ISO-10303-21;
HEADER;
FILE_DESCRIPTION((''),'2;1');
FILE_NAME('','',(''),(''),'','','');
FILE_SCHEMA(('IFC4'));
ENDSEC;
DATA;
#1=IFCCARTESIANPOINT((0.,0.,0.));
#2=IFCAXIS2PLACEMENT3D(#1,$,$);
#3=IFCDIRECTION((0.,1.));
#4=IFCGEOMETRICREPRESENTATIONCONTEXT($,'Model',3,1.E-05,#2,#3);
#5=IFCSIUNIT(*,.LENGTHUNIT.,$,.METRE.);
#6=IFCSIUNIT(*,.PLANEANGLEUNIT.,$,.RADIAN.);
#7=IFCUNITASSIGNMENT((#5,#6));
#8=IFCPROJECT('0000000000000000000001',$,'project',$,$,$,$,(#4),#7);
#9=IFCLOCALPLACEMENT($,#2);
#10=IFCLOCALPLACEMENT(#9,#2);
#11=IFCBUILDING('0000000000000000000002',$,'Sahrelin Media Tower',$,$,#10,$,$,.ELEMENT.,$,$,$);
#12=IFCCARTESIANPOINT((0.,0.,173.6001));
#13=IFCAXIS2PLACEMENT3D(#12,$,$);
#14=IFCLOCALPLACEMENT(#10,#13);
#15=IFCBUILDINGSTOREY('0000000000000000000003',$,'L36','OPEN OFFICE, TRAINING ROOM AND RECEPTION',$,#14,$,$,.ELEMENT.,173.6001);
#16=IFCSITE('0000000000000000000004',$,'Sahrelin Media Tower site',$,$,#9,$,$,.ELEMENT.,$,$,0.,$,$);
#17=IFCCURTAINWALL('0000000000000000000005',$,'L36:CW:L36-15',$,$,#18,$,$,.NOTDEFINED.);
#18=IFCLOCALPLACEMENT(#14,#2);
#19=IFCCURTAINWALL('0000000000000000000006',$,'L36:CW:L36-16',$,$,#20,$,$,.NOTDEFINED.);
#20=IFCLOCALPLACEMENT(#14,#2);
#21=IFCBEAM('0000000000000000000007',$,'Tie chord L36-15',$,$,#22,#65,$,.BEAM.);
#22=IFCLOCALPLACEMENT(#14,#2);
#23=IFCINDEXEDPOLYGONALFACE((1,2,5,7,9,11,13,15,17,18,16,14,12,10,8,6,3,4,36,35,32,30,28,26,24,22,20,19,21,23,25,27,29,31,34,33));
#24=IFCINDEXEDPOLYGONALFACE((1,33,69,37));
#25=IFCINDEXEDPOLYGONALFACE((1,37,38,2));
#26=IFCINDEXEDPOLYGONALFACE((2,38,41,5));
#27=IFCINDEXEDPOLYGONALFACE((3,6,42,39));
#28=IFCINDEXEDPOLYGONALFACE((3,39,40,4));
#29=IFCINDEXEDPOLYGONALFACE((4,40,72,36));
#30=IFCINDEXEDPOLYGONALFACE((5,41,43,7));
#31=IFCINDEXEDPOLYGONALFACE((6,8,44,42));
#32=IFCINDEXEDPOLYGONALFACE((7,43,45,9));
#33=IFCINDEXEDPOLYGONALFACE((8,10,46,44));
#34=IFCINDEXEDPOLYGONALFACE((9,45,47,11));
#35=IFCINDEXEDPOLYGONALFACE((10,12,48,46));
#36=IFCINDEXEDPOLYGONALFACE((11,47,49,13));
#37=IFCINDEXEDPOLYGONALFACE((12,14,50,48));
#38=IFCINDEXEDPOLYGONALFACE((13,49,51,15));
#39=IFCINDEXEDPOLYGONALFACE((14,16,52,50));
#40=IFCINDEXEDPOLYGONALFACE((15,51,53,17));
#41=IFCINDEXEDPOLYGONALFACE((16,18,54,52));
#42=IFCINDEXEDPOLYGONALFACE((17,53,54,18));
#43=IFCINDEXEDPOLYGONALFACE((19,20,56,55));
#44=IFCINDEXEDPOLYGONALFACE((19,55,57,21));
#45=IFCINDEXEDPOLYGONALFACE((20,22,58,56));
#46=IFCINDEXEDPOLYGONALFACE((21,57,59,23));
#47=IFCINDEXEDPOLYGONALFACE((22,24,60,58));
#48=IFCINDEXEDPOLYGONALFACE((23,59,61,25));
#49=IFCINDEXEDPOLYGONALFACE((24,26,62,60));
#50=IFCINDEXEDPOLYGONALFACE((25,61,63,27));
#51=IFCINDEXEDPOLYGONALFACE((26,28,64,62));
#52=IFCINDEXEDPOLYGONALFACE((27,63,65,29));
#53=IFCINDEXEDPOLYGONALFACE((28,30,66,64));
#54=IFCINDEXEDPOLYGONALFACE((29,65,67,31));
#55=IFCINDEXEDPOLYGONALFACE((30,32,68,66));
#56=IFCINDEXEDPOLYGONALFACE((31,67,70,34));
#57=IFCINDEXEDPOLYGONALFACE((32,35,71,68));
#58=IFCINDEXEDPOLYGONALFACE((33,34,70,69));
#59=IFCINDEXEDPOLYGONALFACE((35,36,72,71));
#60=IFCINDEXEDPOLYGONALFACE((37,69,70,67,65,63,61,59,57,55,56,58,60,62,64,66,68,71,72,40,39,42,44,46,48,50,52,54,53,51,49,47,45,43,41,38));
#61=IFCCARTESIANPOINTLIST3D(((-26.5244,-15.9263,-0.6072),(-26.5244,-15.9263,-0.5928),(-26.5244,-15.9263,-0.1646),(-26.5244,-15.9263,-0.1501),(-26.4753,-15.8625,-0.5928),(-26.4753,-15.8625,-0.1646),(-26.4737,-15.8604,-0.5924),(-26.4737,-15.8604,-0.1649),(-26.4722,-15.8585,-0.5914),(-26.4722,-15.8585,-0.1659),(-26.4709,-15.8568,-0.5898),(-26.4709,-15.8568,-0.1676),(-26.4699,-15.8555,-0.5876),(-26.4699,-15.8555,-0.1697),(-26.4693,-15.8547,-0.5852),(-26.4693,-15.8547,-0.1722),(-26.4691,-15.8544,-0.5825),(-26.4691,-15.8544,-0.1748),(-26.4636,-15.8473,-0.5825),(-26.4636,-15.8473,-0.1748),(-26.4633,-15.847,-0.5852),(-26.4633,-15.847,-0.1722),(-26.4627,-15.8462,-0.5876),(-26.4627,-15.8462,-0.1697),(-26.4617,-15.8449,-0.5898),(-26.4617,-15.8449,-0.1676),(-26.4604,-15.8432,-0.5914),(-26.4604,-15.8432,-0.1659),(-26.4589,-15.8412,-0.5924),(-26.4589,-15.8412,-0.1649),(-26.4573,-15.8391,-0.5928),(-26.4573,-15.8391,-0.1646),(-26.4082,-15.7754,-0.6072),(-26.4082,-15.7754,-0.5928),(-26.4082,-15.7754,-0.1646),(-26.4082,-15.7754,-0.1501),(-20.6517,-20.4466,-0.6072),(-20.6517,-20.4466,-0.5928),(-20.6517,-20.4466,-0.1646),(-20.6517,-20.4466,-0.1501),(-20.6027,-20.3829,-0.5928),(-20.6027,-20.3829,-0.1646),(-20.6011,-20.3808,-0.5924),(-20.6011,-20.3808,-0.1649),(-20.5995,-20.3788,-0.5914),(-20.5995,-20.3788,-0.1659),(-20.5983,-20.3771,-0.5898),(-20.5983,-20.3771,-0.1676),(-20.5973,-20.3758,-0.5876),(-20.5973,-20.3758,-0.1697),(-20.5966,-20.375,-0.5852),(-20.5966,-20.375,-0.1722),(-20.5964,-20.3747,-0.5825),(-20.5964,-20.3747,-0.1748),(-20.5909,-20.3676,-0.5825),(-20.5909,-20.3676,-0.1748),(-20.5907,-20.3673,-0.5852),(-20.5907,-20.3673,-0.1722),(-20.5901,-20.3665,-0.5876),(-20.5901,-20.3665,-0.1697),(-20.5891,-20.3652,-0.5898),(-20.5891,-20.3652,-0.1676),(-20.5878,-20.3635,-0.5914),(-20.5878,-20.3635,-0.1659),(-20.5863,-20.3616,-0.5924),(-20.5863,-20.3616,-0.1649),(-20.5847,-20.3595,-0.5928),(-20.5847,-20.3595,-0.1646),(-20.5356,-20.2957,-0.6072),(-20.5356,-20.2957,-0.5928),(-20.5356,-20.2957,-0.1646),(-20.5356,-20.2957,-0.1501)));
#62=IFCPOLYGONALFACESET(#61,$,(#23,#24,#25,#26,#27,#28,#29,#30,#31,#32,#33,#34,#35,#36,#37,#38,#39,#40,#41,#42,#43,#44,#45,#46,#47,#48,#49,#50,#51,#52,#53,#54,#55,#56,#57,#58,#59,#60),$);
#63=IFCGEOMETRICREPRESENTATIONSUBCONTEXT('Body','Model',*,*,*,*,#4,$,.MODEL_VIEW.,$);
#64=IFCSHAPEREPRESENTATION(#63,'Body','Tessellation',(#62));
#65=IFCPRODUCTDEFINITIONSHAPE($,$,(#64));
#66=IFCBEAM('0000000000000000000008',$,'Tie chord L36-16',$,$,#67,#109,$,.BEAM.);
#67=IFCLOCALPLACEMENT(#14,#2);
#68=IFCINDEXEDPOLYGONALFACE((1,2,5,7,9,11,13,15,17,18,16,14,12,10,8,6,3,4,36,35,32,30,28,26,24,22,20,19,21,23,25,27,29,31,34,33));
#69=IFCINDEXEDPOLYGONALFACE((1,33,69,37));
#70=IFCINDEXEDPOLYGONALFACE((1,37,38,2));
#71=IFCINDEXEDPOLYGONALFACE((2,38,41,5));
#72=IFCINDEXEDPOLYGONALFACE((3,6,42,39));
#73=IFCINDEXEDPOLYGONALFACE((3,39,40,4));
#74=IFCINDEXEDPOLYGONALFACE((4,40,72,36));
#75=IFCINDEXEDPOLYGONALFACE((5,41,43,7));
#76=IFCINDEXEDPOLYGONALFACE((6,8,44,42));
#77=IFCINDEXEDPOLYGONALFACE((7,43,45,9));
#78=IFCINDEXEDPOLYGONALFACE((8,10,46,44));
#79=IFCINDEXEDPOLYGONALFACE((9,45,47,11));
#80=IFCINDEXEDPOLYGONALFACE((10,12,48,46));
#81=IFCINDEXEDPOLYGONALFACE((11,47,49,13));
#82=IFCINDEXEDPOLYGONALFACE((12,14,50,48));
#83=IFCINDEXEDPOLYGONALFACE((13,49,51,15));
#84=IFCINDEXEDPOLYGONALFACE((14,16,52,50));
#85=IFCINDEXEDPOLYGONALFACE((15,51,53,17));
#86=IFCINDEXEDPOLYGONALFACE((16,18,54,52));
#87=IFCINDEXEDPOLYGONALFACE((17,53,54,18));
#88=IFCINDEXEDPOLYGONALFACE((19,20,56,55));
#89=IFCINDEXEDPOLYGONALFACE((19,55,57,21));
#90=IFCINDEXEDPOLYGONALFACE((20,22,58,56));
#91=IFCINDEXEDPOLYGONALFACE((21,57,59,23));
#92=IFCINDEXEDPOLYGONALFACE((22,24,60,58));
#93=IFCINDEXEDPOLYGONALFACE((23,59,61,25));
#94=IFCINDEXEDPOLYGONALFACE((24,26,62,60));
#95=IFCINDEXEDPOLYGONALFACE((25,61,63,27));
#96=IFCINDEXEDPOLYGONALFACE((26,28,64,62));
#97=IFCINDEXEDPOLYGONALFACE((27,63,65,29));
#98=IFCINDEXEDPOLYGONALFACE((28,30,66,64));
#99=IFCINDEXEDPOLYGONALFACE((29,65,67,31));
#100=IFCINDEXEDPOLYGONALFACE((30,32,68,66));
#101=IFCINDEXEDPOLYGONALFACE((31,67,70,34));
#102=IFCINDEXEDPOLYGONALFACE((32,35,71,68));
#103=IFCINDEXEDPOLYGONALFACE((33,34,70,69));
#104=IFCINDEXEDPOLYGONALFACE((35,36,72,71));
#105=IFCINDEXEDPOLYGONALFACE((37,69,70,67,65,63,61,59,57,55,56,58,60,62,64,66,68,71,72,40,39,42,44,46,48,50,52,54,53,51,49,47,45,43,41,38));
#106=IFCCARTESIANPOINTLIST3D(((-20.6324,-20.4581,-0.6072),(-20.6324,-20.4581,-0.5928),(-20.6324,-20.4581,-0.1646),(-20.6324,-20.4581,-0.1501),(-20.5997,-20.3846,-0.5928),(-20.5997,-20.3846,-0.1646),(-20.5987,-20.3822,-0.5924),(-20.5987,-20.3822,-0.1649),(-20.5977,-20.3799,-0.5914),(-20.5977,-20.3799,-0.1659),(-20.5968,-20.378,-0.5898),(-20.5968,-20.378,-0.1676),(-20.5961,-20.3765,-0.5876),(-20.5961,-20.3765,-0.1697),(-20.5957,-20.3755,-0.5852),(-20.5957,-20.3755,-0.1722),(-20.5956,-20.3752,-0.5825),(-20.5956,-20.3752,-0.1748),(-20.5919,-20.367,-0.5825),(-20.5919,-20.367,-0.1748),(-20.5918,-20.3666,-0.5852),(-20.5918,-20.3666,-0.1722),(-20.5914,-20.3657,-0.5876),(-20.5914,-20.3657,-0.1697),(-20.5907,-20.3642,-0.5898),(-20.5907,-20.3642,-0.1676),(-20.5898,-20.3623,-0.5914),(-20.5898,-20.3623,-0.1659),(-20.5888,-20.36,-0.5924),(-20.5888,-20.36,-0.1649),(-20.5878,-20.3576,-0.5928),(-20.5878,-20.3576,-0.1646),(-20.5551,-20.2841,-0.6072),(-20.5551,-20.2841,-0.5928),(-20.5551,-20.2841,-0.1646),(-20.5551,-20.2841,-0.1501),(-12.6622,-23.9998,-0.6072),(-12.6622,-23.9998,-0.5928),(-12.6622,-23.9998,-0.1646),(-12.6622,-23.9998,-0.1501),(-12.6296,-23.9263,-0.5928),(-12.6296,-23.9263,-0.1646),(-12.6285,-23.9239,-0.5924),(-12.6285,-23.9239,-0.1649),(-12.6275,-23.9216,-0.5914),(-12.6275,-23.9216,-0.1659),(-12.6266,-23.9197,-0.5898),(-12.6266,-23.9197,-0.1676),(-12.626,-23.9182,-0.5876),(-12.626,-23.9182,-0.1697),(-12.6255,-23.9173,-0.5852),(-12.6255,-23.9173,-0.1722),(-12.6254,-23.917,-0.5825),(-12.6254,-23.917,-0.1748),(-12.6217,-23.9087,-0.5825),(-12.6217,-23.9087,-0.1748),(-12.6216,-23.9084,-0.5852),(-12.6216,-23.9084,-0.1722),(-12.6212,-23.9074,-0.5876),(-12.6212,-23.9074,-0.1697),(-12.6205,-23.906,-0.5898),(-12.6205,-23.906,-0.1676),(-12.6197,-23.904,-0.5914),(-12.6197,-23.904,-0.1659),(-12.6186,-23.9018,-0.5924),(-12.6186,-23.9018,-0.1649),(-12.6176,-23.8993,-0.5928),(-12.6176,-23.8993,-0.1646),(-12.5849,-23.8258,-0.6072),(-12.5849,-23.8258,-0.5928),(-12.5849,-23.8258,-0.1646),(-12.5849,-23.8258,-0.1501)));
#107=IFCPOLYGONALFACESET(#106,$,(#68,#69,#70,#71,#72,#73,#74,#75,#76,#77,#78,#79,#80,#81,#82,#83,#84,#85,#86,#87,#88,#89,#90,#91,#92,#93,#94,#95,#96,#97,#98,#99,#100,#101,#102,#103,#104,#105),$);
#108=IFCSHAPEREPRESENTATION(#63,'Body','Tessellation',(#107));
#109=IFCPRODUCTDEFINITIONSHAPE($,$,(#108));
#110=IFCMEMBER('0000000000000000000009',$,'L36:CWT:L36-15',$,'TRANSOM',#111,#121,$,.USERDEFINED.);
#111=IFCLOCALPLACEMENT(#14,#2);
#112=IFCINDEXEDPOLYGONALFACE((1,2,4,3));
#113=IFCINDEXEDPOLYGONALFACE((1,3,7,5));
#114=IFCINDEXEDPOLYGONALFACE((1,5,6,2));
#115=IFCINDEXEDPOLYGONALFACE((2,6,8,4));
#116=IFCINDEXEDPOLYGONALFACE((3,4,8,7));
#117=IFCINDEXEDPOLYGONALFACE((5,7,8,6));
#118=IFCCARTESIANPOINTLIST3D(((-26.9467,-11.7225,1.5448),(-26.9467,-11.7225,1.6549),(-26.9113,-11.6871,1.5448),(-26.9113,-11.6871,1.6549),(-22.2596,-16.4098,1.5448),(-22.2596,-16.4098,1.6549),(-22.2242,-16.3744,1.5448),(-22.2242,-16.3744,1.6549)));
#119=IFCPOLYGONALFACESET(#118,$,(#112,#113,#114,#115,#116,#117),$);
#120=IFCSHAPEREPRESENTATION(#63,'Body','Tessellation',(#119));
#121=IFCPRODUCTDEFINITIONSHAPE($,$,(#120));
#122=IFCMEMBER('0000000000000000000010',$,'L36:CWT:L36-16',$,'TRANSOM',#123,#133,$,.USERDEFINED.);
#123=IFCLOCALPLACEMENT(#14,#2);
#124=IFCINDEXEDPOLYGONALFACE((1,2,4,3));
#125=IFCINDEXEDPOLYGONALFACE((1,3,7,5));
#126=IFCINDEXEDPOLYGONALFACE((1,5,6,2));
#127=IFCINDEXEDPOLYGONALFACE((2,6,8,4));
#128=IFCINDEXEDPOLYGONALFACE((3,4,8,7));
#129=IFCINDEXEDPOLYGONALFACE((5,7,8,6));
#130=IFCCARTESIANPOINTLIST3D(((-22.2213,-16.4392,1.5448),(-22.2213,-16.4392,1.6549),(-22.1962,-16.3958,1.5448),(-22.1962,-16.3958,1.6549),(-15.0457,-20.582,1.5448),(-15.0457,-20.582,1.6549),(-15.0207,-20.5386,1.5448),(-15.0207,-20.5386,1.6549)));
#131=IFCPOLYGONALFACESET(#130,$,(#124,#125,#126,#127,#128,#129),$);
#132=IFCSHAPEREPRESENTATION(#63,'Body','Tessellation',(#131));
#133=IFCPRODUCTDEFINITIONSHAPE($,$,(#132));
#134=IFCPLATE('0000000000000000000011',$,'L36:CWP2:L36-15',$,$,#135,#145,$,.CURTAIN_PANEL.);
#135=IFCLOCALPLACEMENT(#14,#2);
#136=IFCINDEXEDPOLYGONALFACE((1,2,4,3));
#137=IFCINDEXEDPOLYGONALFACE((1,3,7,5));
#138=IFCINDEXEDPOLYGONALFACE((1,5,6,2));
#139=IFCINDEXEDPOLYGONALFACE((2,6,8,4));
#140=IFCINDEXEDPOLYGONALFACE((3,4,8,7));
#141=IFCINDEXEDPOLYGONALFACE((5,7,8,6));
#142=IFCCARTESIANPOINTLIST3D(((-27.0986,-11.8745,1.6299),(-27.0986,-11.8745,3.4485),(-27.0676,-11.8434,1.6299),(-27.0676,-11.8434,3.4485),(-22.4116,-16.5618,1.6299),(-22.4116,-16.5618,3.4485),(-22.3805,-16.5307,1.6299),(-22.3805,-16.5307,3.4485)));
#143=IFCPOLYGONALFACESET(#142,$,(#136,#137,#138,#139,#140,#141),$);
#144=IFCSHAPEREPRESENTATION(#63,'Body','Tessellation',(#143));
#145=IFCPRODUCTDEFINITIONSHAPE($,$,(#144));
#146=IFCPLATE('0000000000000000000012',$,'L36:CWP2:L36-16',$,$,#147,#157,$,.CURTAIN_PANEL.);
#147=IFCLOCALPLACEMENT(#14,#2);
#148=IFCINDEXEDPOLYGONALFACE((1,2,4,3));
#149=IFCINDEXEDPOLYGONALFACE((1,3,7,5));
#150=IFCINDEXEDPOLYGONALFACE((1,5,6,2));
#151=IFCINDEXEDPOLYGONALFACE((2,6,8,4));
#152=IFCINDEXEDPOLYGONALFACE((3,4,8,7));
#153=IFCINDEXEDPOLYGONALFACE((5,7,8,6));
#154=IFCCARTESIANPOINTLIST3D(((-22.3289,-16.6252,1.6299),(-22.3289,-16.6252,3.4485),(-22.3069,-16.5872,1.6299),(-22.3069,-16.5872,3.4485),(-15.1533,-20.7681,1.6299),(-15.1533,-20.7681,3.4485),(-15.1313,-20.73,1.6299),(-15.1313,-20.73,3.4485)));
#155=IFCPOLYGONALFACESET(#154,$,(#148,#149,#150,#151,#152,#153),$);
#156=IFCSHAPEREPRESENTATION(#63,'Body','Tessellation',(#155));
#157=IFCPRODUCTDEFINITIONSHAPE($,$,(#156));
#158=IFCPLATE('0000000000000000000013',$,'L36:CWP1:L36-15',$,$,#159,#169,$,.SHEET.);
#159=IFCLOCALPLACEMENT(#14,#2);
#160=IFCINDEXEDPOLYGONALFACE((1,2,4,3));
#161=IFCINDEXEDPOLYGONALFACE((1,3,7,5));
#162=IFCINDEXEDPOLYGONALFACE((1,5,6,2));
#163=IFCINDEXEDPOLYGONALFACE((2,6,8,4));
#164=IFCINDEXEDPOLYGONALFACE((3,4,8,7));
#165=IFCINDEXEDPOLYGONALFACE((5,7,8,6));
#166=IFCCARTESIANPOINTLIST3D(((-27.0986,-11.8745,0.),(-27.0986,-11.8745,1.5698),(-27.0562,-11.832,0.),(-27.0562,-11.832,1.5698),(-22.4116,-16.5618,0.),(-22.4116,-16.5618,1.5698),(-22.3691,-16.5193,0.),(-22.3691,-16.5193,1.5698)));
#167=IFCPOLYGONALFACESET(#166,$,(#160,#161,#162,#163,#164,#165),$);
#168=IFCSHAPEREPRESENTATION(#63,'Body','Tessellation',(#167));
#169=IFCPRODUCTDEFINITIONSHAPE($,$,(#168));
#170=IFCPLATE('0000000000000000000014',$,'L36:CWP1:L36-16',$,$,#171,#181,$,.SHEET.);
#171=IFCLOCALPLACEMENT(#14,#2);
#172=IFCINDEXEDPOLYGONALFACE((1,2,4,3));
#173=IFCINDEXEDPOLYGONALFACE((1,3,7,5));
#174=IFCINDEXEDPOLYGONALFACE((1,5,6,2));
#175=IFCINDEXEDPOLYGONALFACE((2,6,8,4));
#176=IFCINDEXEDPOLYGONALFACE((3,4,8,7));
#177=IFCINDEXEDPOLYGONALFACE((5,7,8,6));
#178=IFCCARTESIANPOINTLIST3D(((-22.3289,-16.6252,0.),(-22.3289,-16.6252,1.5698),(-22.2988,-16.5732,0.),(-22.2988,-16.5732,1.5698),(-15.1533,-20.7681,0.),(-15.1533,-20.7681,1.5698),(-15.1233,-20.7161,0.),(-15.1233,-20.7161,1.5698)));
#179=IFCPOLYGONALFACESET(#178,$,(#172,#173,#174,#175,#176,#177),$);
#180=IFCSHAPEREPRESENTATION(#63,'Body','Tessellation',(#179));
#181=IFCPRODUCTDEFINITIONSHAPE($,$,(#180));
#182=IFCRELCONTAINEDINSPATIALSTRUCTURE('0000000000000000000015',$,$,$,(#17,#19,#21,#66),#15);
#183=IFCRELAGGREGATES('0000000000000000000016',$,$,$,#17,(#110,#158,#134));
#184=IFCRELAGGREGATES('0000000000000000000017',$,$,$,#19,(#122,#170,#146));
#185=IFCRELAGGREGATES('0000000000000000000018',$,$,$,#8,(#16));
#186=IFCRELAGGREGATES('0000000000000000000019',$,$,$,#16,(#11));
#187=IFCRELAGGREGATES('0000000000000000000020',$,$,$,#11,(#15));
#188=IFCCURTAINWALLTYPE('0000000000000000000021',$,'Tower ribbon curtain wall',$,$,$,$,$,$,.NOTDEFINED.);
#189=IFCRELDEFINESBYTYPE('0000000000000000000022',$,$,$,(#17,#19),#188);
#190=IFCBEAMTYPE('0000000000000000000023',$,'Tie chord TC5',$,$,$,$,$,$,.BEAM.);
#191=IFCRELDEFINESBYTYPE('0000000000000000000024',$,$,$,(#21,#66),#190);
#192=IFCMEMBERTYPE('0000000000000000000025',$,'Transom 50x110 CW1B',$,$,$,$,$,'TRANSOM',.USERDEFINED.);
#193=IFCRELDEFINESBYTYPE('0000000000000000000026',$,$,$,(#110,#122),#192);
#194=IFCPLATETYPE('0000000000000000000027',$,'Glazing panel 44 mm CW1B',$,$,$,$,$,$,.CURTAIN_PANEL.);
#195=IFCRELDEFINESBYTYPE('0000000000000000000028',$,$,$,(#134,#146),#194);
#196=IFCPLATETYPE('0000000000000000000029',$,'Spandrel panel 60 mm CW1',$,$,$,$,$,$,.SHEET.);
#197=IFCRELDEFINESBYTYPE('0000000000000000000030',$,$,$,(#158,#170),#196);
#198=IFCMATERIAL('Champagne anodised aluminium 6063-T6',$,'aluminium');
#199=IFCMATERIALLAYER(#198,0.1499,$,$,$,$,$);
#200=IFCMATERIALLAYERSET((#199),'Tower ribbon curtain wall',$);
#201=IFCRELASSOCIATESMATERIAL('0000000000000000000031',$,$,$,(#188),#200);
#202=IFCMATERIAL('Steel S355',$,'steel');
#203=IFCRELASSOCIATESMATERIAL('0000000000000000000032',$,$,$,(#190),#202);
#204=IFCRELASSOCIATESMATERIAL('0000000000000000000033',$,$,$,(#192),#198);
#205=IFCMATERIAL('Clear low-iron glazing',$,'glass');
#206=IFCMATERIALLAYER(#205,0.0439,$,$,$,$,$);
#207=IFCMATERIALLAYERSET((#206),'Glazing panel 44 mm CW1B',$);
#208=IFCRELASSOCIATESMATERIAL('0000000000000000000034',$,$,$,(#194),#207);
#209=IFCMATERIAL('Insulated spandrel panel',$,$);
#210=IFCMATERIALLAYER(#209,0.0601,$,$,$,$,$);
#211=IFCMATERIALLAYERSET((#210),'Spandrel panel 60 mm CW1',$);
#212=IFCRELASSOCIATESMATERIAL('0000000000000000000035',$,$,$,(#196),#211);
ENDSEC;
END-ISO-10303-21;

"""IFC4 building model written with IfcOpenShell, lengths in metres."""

from ifc_helpers import new_model, si_unit, direction, frame, origin, origin_2d, place, context, subcontext, project, spatial, polyline, rectangle, i_section, outline, extrude, material, layer, layer_set, material_profile, profile_set, type_object, element, aggregate, save


model = new_model("IFC4")

# Units and contexts
model_context = context("Model", 3, precision=1e-05, world=origin(), true_north=direction((0.0, 1.0)))
body_context = subcontext(model_context, "Body", "Model", "MODEL_VIEW")
ifc_project = project(units=[si_unit("LENGTHUNIT", "METRE"), si_unit("PLANEANGLEUNIT", "RADIAN")], contexts=[model_context])

# Site, building, storey
site_placement = place(None, origin())
site = spatial("IfcSite", under=ifc_project, at=site_placement, Name="Sahrelin Media Tower site", CompositionType="ELEMENT", RefElevation=0.0)
building_placement = place(site_placement, origin())
building = spatial("IfcBuilding", under=site, at=building_placement, Name="Sahrelin Media Tower", CompositionType="ELEMENT")
storey_placement = place(building_placement, frame((0.0, 0.0, 173.6001)))
storey = spatial("IfcBuildingStorey", under=building, at=storey_placement, Name="L36", Description="OPEN OFFICE, TRAINING ROOM AND RECEPTION", CompositionType="ELEMENT", Elevation=173.6001)

# Shared definitions
ifc_material_1 = material(Name="Steel S355", Category="steel")

# Curtain walls
ifc_material_2 = material(Name="Champagne anodised aluminium 6063-T6", Category="aluminium")
ifc_layer_1 = layer(ifc_material_2, 0.1499)
ifc_layer_set_1 = layer_set([ifc_layer_1], Name="Tower ribbon curtain wall")
curtain_wall_type = type_object("IfcCurtainWallType", Name="Tower ribbon curtain wall", PredefinedType="NOTDEFINED", material=ifc_layer_set_1)
curtain_wall_1_placement = place(storey_placement, frame((-24.741, -14.2041, 0.0), z_axis=(0.0, 0.0, 1.0), x_axis=(1.0, 0.0, 0.0)))
curtain_wall_1 = element("IfcCurtainWall", 1, at=curtain_wall_1_placement, inside=storey, type_object=curtain_wall_type, Name="L36:CW:L36-15", PredefinedType="NOTDEFINED")
curtain_wall_2_placement = place(storey_placement, frame((-18.731, -18.6792, 0.0), z_axis=(0.0, 0.0, 1.0), x_axis=(1.0, 0.0, 0.0)))
curtain_wall_2 = element("IfcCurtainWall", 2, at=curtain_wall_2_placement, inside=storey, type_object=curtain_wall_type, Name="L36:CW:L36-16", PredefinedType="NOTDEFINED")

# Beams
ifc_material_profile_1 = material_profile(ifc_material_1, i_section(OverallWidth=0.1904, OverallDepth=0.457, WebThickness=0.009, FlangeThickness=0.0144, FilletRadius=0.0103, at=origin_2d()), Name="UB 457x191x74")
ifc_profile_set_1 = profile_set([ifc_material_profile_1], Name="Steel S355")
beam_type_1 = type_object("IfcBeamType", Name="Tie chord TC5", PredefinedType="BEAM", material=ifc_profile_set_1)
beam_1_placement = place(storey_placement, frame((-26.4663, -15.8508, -0.3787), z_axis=(0.792434, -0.609958, 0.0), x_axis=(0.609958, 0.792434, 0.0)))
element("IfcBeam", 3, at=beam_1_placement, inside=storey, type_object=beam_type_1, Name="Tie chord L36-15", PredefinedType="BEAM", context=body_context, shape_type="SweptSolid", body=[
    extrude(i_section(OverallWidth=0.1904, OverallDepth=0.457, WebThickness=0.009, FlangeThickness=0.0144, FilletRadius=0.0103, at=origin_2d()), origin(), (0.0, 0.0, 1.0), 7.4109),
])
beam_2_placement = place(storey_placement, frame((-20.5938, -20.3711, -0.3787), z_axis=(0.913836, -0.406084, 0.0), x_axis=(0.406084, 0.913836, 0.0)))
element("IfcBeam", 4, at=beam_2_placement, inside=storey, type_object=beam_type_1, Name="Tie chord L36-16", PredefinedType="BEAM", context=body_context, shape_type="SweptSolid", body=[
    extrude(i_section(OverallWidth=0.1904, OverallDepth=0.457, WebThickness=0.009, FlangeThickness=0.0144, FilletRadius=0.0103, at=origin_2d()), origin(), (0.0, 0.0, 1.0), 8.7217),
])

# Members
ifc_material_profile_2 = material_profile(ifc_material_2, rectangle(XDim=0.05, YDim=0.1101, at=origin_2d()), Name="Transom 50x110")
ifc_profile_set_2 = profile_set([ifc_material_profile_2], Name="Champagne anodised aluminium 6063-T6")
member_type_1 = type_object("IfcMemberType", Name="Transom 50x110 CW1B", ElementType="TRANSOM", PredefinedType="USERDEFINED", material=ifc_profile_set_2)
member_1_placement = place(storey_placement, frame((-26.929, -11.7048, 1.5999), z_axis=(0.707088, -0.707125, 0.0), x_axis=(0.707125, 0.707088, 0.0)))
member_1 = element("IfcMember", 5, at=member_1_placement, type_object=member_type_1, Name="L36:CWT:L36-15", ObjectType="TRANSOM", PredefinedType="USERDEFINED", context=body_context, shape_type="SweptSolid", body=[
    extrude(rectangle(XDim=0.05, YDim=0.1101, at=origin_2d()), origin(), (0.0, 0.0, 1.0), 6.6287),
])
member_2_placement = place(storey_placement, frame((-22.2087, -16.4175, 1.5999), z_axis=(0.866024, -0.500002, 0.0), x_axis=(0.500002, 0.866024, 0.0)))
member_2 = element("IfcMember", 6, at=member_2_placement, type_object=member_type_1, Name="L36:CWT:L36-16", ObjectType="TRANSOM", PredefinedType="USERDEFINED", context=body_context, shape_type="SweptSolid", body=[
    extrude(rectangle(XDim=0.05, YDim=0.1101, at=origin_2d()), origin(), (0.0, 0.0, 1.0), 8.2856),
])

# Plates
ifc_material_3 = material(Name="Clear low-iron glazing", Category="glass")
ifc_layer_2 = layer(ifc_material_3, 0.0439)
ifc_layer_set_2 = layer_set([ifc_layer_2], Name="Glazing panel 44 mm CW1B")
plate_type_1 = type_object("IfcPlateType", Name="Glazing panel 44 mm CW1B", PredefinedType="CURTAIN_PANEL", material=ifc_layer_set_2)
plate_1_placement = place(storey_placement, frame((-27.0986, -11.8745, 1.6299), z_axis=(-0.707125, -0.707088, 0.0), x_axis=(0.707088, -0.707125, 0.0)))
plate_1 = element("IfcPlate", 7, at=plate_1_placement, type_object=plate_type_1, Name="L36:CWP2:L36-15", PredefinedType="CURTAIN_PANEL", context=body_context, shape_type="SweptSolid", body=[
    extrude(outline(polyline([(0.0, 0.0), (6.6287, 0.0), (6.6287, 1.8186), (0.0, 1.8186), (0.0, 0.0)])), origin(), (0.0, 0.0, -1.0), 0.0439),
])
plate_2_placement = place(storey_placement, frame((-22.3289, -16.6252, 1.6299), z_axis=(-0.500002, -0.866024, 0.0), x_axis=(0.866024, -0.500002, 0.0)))
plate_2 = element("IfcPlate", 8, at=plate_2_placement, type_object=plate_type_1, Name="L36:CWP2:L36-16", PredefinedType="CURTAIN_PANEL", context=body_context, shape_type="SweptSolid", body=[
    extrude(outline(polyline([(0.0, 0.0), (8.2856, 0.0), (8.2856, 1.8186), (0.0, 1.8186), (0.0, 0.0)])), origin(), (0.0, 0.0, -1.0), 0.0439),
])
ifc_material_4 = material(Name="Insulated spandrel panel")
ifc_layer_3 = layer(ifc_material_4, 0.0601)
ifc_layer_set_3 = layer_set([ifc_layer_3], Name="Spandrel panel 60 mm CW1")
plate_type_2 = type_object("IfcPlateType", Name="Spandrel panel 60 mm CW1", PredefinedType="SHEET", material=ifc_layer_set_3)
plate_3_placement = place(storey_placement, frame((-27.0986, -11.8745, 0.0), z_axis=(-0.707125, -0.707088, 0.0), x_axis=(0.707088, -0.707125, 0.0)))
plate_3 = element("IfcPlate", 9, at=plate_3_placement, type_object=plate_type_2, Name="L36:CWP1:L36-15", PredefinedType="SHEET", context=body_context, shape_type="SweptSolid", body=[
    extrude(outline(polyline([(0.0, 0.0), (6.6287, 0.0), (6.6287, 1.5698), (0.0, 1.5698), (0.0, 0.0)])), origin(), (0.0, 0.0, -1.0), 0.0601),
])
aggregate(curtain_wall_1, [member_1, plate_3, plate_1])
plate_4_placement = place(storey_placement, frame((-22.3289, -16.6252, 0.0), z_axis=(-0.500002, -0.866024, 0.0), x_axis=(0.866024, -0.500002, 0.0)))
plate_4 = element("IfcPlate", 10, at=plate_4_placement, type_object=plate_type_2, Name="L36:CWP1:L36-16", PredefinedType="SHEET", context=body_context, shape_type="SweptSolid", body=[
    extrude(outline(polyline([(0.0, 0.0), (8.2856, 0.0), (8.2856, 1.5698), (0.0, 1.5698), (0.0, 0.0)])), origin(), (0.0, 0.0, -1.0), 0.0601),
])
aggregate(curtain_wall_2, [member_2, plate_4, plate_2])

save(model, "model.ifc")
